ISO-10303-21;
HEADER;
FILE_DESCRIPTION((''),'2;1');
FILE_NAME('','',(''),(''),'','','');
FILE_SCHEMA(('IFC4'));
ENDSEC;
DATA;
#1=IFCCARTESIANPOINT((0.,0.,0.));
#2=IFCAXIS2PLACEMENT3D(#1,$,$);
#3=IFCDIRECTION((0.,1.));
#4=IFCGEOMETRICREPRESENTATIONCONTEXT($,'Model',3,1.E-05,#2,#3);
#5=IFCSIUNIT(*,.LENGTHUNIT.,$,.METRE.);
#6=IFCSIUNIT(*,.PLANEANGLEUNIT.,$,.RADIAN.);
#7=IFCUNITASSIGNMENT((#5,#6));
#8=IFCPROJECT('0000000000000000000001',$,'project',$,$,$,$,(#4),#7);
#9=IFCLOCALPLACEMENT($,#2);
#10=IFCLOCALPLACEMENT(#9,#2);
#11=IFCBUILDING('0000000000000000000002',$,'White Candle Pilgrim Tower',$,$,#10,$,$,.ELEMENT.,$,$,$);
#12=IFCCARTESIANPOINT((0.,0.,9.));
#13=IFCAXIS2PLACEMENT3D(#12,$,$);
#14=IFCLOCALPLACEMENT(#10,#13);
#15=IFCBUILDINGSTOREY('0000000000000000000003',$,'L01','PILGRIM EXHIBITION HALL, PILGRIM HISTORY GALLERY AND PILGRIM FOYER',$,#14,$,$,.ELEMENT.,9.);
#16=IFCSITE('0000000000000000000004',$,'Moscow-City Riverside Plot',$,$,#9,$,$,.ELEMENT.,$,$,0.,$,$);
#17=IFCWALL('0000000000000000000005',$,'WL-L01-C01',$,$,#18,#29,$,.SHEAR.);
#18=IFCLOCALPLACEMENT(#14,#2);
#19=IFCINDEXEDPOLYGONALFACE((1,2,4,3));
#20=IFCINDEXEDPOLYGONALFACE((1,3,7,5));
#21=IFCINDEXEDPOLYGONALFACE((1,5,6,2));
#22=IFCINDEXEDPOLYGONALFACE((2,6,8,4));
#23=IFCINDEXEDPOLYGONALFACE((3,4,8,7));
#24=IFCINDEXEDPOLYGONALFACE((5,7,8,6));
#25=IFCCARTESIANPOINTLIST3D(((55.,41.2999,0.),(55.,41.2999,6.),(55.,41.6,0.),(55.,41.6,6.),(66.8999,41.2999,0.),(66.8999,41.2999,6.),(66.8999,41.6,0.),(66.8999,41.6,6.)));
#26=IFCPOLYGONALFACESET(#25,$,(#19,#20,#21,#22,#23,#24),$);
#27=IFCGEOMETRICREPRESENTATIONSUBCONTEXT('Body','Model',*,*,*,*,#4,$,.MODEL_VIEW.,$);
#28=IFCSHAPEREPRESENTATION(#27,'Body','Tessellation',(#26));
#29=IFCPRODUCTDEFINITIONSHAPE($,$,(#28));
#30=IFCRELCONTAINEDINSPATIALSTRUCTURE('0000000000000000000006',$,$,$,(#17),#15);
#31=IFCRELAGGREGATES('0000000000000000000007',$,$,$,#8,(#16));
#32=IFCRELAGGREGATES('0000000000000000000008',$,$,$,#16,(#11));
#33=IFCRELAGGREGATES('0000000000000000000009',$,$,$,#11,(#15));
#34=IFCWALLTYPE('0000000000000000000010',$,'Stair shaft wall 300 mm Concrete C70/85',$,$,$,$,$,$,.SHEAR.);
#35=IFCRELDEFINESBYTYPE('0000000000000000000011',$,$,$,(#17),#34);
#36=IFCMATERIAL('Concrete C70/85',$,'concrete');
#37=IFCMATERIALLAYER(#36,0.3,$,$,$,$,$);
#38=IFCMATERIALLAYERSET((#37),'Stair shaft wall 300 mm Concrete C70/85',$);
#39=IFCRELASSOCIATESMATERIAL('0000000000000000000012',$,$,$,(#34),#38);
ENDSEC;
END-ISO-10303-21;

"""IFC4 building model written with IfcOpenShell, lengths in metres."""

from ifc_helpers import new_model, si_unit, direction, frame, frame_2d, origin, place, context, subcontext, project, spatial, rectangle, extrude, material, layer, layer_set, type_object, element, save


model = new_model("IFC4")

# Units and contexts
model_context = context("Model", 3, precision=1e-05, world=origin(), true_north=direction((0.0, 1.0)))
body_context = subcontext(model_context, "Body", "Model", "MODEL_VIEW")
ifc_project = project(units=[si_unit("LENGTHUNIT", "METRE"), si_unit("PLANEANGLEUNIT", "RADIAN")], contexts=[model_context])

# Site, building, storey
site_placement = place(None, origin())
site = spatial("IfcSite", under=ifc_project, at=site_placement, Name="Moscow-City Riverside Plot", CompositionType="ELEMENT", RefElevation=0.0)
building_placement = place(site_placement, origin())
building = spatial("IfcBuilding", under=site, at=building_placement, Name="White Candle Pilgrim Tower", CompositionType="ELEMENT")
storey_placement = place(building_placement, frame((0.0, 0.0, 9.0)))
storey = spatial("IfcBuildingStorey", under=building, at=storey_placement, Name="L01", Description="PILGRIM EXHIBITION HALL, PILGRIM HISTORY GALLERY AND PILGRIM FOYER", CompositionType="ELEMENT", Elevation=9.0)

# Wall
ifc_material_1 = material(Name="Concrete C70/85", Category="concrete")
ifc_layer_1 = layer(ifc_material_1, 0.3)
ifc_layer_set_1 = layer_set([ifc_layer_1], Name="Stair shaft wall 300 mm Concrete C70/85")
wall_type_1 = type_object("IfcWallType", Name="Stair shaft wall 300 mm Concrete C70/85", PredefinedType="SHEAR", material=ifc_layer_set_1)
wall_1_placement = place(storey_placement, frame((55.0, 41.45, 0.0), z_axis=(0.0, 0.0, 1.0), x_axis=(1.0, 0.0, 0.0)))
element("IfcWall", 1, at=wall_1_placement, inside=storey, type_object=wall_type_1, Name="WL-L01-C01", PredefinedType="SHEAR", context=body_context, shape_type="SweptSolid", body=[
    extrude(rectangle(XDim=11.8999, YDim=0.3, at=frame_2d((5.95, 0.0))), origin(), (0.0, 0.0, 1.0), 6.0),
])

save(model, "model.ifc")
